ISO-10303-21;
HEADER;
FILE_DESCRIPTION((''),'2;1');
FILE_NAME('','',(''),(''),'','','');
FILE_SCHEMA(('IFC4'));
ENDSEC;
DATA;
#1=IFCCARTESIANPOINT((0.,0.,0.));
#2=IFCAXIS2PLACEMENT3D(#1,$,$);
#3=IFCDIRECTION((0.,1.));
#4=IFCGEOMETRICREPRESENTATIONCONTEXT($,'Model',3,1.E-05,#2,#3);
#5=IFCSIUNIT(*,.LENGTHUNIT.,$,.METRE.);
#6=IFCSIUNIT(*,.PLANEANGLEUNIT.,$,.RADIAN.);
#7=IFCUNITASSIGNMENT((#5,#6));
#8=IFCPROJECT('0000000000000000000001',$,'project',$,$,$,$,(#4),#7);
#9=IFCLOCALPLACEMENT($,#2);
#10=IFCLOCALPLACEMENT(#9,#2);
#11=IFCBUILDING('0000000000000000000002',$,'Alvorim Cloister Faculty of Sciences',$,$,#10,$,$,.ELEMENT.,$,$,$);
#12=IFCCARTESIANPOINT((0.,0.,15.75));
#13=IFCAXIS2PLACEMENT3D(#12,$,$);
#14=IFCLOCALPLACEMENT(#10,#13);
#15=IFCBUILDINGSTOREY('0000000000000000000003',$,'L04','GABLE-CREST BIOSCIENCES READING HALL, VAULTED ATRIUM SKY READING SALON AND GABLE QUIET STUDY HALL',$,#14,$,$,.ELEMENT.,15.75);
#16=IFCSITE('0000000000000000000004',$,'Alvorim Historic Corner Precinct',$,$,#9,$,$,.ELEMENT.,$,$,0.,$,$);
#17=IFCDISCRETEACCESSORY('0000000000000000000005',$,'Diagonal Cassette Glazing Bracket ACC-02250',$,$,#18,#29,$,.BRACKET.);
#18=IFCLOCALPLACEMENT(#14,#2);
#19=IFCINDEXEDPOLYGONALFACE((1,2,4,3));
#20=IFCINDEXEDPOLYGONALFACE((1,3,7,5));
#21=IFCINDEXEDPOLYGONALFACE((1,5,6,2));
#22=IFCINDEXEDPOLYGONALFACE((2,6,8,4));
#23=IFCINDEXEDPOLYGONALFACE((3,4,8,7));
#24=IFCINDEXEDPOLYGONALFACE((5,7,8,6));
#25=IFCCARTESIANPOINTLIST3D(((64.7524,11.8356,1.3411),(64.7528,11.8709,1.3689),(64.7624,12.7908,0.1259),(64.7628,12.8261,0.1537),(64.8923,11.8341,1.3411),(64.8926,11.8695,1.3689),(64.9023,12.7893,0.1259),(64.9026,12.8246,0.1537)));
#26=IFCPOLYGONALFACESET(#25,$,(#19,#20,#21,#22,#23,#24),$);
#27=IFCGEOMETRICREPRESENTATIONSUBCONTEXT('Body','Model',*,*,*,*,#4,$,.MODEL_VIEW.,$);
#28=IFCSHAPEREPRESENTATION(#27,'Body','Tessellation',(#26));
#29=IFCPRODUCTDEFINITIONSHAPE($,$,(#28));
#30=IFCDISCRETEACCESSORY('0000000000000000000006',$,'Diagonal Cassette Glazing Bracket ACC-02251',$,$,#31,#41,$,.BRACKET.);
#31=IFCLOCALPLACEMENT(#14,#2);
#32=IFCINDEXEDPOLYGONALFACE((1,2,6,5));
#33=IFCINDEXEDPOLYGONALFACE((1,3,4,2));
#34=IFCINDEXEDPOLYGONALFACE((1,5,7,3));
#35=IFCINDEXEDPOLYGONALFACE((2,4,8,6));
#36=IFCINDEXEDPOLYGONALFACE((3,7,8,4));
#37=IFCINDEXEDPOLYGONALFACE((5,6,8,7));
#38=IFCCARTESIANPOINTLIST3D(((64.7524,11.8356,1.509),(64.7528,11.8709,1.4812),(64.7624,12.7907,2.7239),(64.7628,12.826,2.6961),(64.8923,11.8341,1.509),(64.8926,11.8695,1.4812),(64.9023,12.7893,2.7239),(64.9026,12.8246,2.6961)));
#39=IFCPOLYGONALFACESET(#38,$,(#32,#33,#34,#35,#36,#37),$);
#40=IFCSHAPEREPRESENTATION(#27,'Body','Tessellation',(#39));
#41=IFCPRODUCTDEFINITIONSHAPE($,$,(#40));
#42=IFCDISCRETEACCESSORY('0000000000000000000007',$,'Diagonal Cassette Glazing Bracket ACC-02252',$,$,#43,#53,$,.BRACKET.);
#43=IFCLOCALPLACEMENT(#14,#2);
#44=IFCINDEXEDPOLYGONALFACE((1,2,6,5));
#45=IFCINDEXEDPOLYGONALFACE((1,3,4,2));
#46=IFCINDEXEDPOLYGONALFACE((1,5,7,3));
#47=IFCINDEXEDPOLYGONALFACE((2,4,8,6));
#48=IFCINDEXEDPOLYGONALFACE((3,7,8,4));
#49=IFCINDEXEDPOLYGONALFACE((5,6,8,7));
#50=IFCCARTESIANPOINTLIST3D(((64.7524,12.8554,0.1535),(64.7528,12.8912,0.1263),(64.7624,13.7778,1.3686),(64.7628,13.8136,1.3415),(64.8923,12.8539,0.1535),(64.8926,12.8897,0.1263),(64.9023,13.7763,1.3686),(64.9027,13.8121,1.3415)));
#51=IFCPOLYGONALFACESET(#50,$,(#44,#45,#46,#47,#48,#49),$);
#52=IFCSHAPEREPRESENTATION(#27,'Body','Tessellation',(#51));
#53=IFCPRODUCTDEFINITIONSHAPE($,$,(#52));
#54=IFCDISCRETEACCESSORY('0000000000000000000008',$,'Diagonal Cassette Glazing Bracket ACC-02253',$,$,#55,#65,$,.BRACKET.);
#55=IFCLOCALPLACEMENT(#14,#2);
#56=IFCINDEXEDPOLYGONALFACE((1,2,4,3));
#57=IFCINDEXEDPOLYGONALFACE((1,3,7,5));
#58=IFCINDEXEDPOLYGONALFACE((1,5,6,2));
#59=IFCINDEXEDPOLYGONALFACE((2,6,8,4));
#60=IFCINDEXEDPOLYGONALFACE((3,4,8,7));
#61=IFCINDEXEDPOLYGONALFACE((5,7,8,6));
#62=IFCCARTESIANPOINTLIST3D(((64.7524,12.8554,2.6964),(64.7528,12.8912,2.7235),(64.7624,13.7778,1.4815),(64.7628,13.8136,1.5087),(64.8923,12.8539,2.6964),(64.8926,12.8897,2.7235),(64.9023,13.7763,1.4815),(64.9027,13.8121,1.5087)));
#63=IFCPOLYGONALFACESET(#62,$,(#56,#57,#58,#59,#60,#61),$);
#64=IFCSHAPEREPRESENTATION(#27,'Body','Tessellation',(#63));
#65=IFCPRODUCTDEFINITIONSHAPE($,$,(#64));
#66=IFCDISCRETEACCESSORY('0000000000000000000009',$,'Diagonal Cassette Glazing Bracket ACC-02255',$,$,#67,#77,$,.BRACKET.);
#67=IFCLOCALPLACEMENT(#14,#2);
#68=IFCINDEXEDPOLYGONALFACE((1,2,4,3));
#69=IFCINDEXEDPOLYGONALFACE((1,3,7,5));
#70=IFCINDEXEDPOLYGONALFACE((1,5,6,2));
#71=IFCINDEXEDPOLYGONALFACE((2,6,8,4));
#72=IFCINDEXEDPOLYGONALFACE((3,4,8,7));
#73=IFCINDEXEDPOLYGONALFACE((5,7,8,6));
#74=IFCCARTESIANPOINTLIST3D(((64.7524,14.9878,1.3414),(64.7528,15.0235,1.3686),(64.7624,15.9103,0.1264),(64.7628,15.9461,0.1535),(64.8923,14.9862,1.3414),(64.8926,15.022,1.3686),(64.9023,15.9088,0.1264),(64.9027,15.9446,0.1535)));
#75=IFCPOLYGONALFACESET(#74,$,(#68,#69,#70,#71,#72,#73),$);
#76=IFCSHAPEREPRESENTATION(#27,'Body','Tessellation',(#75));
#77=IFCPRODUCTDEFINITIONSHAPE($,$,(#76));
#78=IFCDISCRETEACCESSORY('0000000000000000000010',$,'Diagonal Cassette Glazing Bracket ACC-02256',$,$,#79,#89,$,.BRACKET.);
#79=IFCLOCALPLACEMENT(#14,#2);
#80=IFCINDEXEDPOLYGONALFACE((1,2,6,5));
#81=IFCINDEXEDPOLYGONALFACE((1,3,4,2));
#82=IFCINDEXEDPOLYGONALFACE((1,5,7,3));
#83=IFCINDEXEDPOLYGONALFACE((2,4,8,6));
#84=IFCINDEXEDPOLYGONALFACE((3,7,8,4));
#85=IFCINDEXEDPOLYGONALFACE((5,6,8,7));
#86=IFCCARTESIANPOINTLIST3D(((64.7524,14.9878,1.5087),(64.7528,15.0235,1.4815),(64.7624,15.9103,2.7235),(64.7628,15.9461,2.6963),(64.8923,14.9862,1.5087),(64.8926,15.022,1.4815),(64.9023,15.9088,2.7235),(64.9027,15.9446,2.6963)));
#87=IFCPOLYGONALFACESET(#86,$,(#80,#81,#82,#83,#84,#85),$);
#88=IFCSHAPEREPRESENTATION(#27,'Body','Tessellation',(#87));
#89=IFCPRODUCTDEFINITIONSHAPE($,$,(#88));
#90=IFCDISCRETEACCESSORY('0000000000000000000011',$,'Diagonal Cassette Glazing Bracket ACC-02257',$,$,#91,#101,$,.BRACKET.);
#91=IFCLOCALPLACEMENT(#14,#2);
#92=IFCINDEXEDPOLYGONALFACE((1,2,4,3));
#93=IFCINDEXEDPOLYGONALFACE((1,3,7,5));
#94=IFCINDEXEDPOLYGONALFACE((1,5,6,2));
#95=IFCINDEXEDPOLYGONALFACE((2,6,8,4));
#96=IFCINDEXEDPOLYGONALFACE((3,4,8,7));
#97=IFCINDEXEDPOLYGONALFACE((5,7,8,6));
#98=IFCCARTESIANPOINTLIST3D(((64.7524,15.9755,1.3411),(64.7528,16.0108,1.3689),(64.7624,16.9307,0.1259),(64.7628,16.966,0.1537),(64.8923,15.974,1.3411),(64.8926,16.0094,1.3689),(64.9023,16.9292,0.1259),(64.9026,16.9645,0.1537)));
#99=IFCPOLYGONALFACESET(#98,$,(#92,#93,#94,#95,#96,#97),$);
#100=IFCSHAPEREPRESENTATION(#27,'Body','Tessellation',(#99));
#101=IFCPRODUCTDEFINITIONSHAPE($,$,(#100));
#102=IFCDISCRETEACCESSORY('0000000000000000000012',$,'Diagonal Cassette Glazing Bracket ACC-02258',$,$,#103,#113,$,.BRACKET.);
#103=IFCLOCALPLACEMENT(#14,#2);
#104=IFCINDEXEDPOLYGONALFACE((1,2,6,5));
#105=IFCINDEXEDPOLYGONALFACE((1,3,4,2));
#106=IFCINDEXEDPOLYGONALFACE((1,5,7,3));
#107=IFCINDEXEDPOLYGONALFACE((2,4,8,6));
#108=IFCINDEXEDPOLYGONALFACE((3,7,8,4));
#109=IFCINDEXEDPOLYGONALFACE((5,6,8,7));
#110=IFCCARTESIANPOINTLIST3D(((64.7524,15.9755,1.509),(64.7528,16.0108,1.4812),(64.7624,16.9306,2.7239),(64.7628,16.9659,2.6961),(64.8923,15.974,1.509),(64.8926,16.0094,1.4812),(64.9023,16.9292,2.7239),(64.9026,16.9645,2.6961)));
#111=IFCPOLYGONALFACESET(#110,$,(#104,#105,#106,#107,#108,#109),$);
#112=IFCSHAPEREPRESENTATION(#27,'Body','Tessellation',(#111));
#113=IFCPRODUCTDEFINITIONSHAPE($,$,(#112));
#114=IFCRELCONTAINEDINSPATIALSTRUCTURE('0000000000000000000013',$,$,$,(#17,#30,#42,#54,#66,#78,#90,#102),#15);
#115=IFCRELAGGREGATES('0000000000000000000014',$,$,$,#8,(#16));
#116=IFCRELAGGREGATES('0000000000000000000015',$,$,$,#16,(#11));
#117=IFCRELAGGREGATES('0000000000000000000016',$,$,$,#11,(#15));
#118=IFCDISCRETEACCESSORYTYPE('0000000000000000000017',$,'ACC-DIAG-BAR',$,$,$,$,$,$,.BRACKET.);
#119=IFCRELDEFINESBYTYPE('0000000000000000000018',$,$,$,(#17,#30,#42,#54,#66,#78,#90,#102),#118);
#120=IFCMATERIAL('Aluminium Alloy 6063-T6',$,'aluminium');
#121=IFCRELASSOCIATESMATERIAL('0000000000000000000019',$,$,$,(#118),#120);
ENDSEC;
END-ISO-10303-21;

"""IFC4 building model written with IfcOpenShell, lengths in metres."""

from ifc_helpers import new_model, si_unit, direction, frame, origin, origin_2d, place, context, subcontext, project, spatial, rectangle, extrude, material, type_object, element, save


model = new_model("IFC4")

# Units and contexts
model_context = context("Model", 3, precision=1e-05, world=origin(), true_north=direction((0.0, 1.0)))
body_context = subcontext(model_context, "Body", "Model", "MODEL_VIEW")
ifc_project = project(units=[si_unit("LENGTHUNIT", "METRE"), si_unit("PLANEANGLEUNIT", "RADIAN")], contexts=[model_context])

# Site, building, storey
site_placement = place(None, origin())
site = spatial("IfcSite", under=ifc_project, at=site_placement, Name="Alvorim Historic Corner Precinct", CompositionType="ELEMENT", RefElevation=0.0)
building_placement = place(site_placement, origin())
building = spatial("IfcBuilding", under=site, at=building_placement, Name="Alvorim Cloister Faculty of Sciences", CompositionType="ELEMENT")
storey_placement = place(building_placement, frame((0.0, 0.0, 15.75)))
storey = spatial("IfcBuildingStorey", under=building, at=storey_placement, Name="L04", Description="GABLE-CREST BIOSCIENCES READING HALL, VAULTED ATRIUM SKY READING SALON AND GABLE QUIET STUDY HALL", CompositionType="ELEMENT", Elevation=15.75)

# Shared definitions
ifc_material_1 = material(Name="Aluminium Alloy 6063-T6", Category="aluminium")

# Discrete accessories
discrete_accessory_type = type_object("IfcDiscreteAccessoryType", Name="ACC-DIAG-BAR", PredefinedType="BRACKET", material=ifc_material_1)
discrete_accessory_1_placement = place(storey_placement, frame((64.8225, 11.8525, 1.355), z_axis=(0.006477, 0.617955, -0.786187), x_axis=(-0.999945, 0.01048, 0.0)))
element("IfcDiscreteAccessory", 1, at=discrete_accessory_1_placement, inside=storey, type_object=discrete_accessory_type, Name="Diagonal Cassette Glazing Bracket ACC-02250", PredefinedType="BRACKET", context=body_context, shape_type="SweptSolid", body=[
    extrude(rectangle(XDim=0.1399, YDim=0.0449, at=origin_2d()), origin(), (0.0, 0.0, 1.0), 1.5457),
])
discrete_accessory_2_placement = place(storey_placement, frame((64.8225, 11.8525, 1.4951), z_axis=(0.006477, 0.618032, 0.786126), x_axis=(-0.999945, 0.01048, 0.0)))
element("IfcDiscreteAccessory", 2, at=discrete_accessory_2_placement, inside=storey, type_object=discrete_accessory_type, Name="Diagonal Cassette Glazing Bracket ACC-02251", PredefinedType="BRACKET", context=body_context, shape_type="SweptSolid", body=[
    extrude(rectangle(XDim=0.1399, YDim=0.0449, at=origin_2d()), origin(), (0.0, 0.0, 1.0), 1.5454),
])
discrete_accessory_3_placement = place(storey_placement, frame((64.8225, 12.8726, 0.1399), z_axis=(0.006561, 0.604612, 0.796493), x_axis=(-0.999941, 0.010852, 0.0)))
element("IfcDiscreteAccessory", 3, at=discrete_accessory_3_placement, inside=storey, type_object=discrete_accessory_type, Name="Diagonal Cassette Glazing Bracket ACC-02252", PredefinedType="BRACKET", context=body_context, shape_type="SweptSolid", body=[
    extrude(rectangle(XDim=0.1399, YDim=0.0449, at=origin_2d()), origin(), (0.0, 0.0, 1.0), 1.5256),
])
discrete_accessory_4_placement = place(storey_placement, frame((64.8225, 12.8726, 2.71), z_axis=(0.006562, 0.604689, -0.796435), x_axis=(-0.999941, 0.010852, 0.0)))
element("IfcDiscreteAccessory", 4, at=discrete_accessory_4_placement, inside=storey, type_object=discrete_accessory_type, Name="Diagonal Cassette Glazing Bracket ACC-02253", PredefinedType="BRACKET", context=body_context, shape_type="SweptSolid", body=[
    extrude(rectangle(XDim=0.1399, YDim=0.0449, at=origin_2d()), origin(), (0.0, 0.0, 1.0), 1.5254),
])
discrete_accessory_5_placement = place(storey_placement, frame((64.8225, 15.0049, 1.355), z_axis=(0.006561, 0.604713, -0.796416), x_axis=(-0.999941, 0.010849, 0.0)))
element("IfcDiscreteAccessory", 5, at=discrete_accessory_5_placement, inside=storey, type_object=discrete_accessory_type, Name="Diagonal Cassette Glazing Bracket ACC-02255", PredefinedType="BRACKET", context=body_context, shape_type="SweptSolid", body=[
    extrude(rectangle(XDim=0.1399, YDim=0.0449, at=origin_2d()), origin(), (0.0, 0.0, 1.0), 1.5256),
])
discrete_accessory_6_placement = place(storey_placement, frame((64.8225, 15.0049, 1.4951), z_axis=(0.006562, 0.60479, 0.796358), x_axis=(-0.999941, 0.010849, 0.0)))
element("IfcDiscreteAccessory", 6, at=discrete_accessory_6_placement, inside=storey, type_object=discrete_accessory_type, Name="Diagonal Cassette Glazing Bracket ACC-02256", PredefinedType="BRACKET", context=body_context, shape_type="SweptSolid", body=[
    extrude(rectangle(XDim=0.1399, YDim=0.0449, at=origin_2d()), origin(), (0.0, 0.0, 1.0), 1.5254),
])
discrete_accessory_7_placement = place(storey_placement, frame((64.8225, 15.9924, 1.355), z_axis=(0.006477, 0.617955, -0.786187), x_axis=(-0.999945, 0.01048, 0.0)))
element("IfcDiscreteAccessory", 7, at=discrete_accessory_7_placement, inside=storey, type_object=discrete_accessory_type, Name="Diagonal Cassette Glazing Bracket ACC-02257", PredefinedType="BRACKET", context=body_context, shape_type="SweptSolid", body=[
    extrude(rectangle(XDim=0.1399, YDim=0.0449, at=origin_2d()), origin(), (0.0, 0.0, 1.0), 1.5457),
])
discrete_accessory_8_placement = place(storey_placement, frame((64.8225, 15.9924, 1.4951), z_axis=(0.006477, 0.618032, 0.786126), x_axis=(-0.999945, 0.01048, 0.0)))
element("IfcDiscreteAccessory", 8, at=discrete_accessory_8_placement, inside=storey, type_object=discrete_accessory_type, Name="Diagonal Cassette Glazing Bracket ACC-02258", PredefinedType="BRACKET", context=body_context, shape_type="SweptSolid", body=[
    extrude(rectangle(XDim=0.1399, YDim=0.0449, at=origin_2d()), origin(), (0.0, 0.0, 1.0), 1.5454),
])

save(model, "model.ifc")
